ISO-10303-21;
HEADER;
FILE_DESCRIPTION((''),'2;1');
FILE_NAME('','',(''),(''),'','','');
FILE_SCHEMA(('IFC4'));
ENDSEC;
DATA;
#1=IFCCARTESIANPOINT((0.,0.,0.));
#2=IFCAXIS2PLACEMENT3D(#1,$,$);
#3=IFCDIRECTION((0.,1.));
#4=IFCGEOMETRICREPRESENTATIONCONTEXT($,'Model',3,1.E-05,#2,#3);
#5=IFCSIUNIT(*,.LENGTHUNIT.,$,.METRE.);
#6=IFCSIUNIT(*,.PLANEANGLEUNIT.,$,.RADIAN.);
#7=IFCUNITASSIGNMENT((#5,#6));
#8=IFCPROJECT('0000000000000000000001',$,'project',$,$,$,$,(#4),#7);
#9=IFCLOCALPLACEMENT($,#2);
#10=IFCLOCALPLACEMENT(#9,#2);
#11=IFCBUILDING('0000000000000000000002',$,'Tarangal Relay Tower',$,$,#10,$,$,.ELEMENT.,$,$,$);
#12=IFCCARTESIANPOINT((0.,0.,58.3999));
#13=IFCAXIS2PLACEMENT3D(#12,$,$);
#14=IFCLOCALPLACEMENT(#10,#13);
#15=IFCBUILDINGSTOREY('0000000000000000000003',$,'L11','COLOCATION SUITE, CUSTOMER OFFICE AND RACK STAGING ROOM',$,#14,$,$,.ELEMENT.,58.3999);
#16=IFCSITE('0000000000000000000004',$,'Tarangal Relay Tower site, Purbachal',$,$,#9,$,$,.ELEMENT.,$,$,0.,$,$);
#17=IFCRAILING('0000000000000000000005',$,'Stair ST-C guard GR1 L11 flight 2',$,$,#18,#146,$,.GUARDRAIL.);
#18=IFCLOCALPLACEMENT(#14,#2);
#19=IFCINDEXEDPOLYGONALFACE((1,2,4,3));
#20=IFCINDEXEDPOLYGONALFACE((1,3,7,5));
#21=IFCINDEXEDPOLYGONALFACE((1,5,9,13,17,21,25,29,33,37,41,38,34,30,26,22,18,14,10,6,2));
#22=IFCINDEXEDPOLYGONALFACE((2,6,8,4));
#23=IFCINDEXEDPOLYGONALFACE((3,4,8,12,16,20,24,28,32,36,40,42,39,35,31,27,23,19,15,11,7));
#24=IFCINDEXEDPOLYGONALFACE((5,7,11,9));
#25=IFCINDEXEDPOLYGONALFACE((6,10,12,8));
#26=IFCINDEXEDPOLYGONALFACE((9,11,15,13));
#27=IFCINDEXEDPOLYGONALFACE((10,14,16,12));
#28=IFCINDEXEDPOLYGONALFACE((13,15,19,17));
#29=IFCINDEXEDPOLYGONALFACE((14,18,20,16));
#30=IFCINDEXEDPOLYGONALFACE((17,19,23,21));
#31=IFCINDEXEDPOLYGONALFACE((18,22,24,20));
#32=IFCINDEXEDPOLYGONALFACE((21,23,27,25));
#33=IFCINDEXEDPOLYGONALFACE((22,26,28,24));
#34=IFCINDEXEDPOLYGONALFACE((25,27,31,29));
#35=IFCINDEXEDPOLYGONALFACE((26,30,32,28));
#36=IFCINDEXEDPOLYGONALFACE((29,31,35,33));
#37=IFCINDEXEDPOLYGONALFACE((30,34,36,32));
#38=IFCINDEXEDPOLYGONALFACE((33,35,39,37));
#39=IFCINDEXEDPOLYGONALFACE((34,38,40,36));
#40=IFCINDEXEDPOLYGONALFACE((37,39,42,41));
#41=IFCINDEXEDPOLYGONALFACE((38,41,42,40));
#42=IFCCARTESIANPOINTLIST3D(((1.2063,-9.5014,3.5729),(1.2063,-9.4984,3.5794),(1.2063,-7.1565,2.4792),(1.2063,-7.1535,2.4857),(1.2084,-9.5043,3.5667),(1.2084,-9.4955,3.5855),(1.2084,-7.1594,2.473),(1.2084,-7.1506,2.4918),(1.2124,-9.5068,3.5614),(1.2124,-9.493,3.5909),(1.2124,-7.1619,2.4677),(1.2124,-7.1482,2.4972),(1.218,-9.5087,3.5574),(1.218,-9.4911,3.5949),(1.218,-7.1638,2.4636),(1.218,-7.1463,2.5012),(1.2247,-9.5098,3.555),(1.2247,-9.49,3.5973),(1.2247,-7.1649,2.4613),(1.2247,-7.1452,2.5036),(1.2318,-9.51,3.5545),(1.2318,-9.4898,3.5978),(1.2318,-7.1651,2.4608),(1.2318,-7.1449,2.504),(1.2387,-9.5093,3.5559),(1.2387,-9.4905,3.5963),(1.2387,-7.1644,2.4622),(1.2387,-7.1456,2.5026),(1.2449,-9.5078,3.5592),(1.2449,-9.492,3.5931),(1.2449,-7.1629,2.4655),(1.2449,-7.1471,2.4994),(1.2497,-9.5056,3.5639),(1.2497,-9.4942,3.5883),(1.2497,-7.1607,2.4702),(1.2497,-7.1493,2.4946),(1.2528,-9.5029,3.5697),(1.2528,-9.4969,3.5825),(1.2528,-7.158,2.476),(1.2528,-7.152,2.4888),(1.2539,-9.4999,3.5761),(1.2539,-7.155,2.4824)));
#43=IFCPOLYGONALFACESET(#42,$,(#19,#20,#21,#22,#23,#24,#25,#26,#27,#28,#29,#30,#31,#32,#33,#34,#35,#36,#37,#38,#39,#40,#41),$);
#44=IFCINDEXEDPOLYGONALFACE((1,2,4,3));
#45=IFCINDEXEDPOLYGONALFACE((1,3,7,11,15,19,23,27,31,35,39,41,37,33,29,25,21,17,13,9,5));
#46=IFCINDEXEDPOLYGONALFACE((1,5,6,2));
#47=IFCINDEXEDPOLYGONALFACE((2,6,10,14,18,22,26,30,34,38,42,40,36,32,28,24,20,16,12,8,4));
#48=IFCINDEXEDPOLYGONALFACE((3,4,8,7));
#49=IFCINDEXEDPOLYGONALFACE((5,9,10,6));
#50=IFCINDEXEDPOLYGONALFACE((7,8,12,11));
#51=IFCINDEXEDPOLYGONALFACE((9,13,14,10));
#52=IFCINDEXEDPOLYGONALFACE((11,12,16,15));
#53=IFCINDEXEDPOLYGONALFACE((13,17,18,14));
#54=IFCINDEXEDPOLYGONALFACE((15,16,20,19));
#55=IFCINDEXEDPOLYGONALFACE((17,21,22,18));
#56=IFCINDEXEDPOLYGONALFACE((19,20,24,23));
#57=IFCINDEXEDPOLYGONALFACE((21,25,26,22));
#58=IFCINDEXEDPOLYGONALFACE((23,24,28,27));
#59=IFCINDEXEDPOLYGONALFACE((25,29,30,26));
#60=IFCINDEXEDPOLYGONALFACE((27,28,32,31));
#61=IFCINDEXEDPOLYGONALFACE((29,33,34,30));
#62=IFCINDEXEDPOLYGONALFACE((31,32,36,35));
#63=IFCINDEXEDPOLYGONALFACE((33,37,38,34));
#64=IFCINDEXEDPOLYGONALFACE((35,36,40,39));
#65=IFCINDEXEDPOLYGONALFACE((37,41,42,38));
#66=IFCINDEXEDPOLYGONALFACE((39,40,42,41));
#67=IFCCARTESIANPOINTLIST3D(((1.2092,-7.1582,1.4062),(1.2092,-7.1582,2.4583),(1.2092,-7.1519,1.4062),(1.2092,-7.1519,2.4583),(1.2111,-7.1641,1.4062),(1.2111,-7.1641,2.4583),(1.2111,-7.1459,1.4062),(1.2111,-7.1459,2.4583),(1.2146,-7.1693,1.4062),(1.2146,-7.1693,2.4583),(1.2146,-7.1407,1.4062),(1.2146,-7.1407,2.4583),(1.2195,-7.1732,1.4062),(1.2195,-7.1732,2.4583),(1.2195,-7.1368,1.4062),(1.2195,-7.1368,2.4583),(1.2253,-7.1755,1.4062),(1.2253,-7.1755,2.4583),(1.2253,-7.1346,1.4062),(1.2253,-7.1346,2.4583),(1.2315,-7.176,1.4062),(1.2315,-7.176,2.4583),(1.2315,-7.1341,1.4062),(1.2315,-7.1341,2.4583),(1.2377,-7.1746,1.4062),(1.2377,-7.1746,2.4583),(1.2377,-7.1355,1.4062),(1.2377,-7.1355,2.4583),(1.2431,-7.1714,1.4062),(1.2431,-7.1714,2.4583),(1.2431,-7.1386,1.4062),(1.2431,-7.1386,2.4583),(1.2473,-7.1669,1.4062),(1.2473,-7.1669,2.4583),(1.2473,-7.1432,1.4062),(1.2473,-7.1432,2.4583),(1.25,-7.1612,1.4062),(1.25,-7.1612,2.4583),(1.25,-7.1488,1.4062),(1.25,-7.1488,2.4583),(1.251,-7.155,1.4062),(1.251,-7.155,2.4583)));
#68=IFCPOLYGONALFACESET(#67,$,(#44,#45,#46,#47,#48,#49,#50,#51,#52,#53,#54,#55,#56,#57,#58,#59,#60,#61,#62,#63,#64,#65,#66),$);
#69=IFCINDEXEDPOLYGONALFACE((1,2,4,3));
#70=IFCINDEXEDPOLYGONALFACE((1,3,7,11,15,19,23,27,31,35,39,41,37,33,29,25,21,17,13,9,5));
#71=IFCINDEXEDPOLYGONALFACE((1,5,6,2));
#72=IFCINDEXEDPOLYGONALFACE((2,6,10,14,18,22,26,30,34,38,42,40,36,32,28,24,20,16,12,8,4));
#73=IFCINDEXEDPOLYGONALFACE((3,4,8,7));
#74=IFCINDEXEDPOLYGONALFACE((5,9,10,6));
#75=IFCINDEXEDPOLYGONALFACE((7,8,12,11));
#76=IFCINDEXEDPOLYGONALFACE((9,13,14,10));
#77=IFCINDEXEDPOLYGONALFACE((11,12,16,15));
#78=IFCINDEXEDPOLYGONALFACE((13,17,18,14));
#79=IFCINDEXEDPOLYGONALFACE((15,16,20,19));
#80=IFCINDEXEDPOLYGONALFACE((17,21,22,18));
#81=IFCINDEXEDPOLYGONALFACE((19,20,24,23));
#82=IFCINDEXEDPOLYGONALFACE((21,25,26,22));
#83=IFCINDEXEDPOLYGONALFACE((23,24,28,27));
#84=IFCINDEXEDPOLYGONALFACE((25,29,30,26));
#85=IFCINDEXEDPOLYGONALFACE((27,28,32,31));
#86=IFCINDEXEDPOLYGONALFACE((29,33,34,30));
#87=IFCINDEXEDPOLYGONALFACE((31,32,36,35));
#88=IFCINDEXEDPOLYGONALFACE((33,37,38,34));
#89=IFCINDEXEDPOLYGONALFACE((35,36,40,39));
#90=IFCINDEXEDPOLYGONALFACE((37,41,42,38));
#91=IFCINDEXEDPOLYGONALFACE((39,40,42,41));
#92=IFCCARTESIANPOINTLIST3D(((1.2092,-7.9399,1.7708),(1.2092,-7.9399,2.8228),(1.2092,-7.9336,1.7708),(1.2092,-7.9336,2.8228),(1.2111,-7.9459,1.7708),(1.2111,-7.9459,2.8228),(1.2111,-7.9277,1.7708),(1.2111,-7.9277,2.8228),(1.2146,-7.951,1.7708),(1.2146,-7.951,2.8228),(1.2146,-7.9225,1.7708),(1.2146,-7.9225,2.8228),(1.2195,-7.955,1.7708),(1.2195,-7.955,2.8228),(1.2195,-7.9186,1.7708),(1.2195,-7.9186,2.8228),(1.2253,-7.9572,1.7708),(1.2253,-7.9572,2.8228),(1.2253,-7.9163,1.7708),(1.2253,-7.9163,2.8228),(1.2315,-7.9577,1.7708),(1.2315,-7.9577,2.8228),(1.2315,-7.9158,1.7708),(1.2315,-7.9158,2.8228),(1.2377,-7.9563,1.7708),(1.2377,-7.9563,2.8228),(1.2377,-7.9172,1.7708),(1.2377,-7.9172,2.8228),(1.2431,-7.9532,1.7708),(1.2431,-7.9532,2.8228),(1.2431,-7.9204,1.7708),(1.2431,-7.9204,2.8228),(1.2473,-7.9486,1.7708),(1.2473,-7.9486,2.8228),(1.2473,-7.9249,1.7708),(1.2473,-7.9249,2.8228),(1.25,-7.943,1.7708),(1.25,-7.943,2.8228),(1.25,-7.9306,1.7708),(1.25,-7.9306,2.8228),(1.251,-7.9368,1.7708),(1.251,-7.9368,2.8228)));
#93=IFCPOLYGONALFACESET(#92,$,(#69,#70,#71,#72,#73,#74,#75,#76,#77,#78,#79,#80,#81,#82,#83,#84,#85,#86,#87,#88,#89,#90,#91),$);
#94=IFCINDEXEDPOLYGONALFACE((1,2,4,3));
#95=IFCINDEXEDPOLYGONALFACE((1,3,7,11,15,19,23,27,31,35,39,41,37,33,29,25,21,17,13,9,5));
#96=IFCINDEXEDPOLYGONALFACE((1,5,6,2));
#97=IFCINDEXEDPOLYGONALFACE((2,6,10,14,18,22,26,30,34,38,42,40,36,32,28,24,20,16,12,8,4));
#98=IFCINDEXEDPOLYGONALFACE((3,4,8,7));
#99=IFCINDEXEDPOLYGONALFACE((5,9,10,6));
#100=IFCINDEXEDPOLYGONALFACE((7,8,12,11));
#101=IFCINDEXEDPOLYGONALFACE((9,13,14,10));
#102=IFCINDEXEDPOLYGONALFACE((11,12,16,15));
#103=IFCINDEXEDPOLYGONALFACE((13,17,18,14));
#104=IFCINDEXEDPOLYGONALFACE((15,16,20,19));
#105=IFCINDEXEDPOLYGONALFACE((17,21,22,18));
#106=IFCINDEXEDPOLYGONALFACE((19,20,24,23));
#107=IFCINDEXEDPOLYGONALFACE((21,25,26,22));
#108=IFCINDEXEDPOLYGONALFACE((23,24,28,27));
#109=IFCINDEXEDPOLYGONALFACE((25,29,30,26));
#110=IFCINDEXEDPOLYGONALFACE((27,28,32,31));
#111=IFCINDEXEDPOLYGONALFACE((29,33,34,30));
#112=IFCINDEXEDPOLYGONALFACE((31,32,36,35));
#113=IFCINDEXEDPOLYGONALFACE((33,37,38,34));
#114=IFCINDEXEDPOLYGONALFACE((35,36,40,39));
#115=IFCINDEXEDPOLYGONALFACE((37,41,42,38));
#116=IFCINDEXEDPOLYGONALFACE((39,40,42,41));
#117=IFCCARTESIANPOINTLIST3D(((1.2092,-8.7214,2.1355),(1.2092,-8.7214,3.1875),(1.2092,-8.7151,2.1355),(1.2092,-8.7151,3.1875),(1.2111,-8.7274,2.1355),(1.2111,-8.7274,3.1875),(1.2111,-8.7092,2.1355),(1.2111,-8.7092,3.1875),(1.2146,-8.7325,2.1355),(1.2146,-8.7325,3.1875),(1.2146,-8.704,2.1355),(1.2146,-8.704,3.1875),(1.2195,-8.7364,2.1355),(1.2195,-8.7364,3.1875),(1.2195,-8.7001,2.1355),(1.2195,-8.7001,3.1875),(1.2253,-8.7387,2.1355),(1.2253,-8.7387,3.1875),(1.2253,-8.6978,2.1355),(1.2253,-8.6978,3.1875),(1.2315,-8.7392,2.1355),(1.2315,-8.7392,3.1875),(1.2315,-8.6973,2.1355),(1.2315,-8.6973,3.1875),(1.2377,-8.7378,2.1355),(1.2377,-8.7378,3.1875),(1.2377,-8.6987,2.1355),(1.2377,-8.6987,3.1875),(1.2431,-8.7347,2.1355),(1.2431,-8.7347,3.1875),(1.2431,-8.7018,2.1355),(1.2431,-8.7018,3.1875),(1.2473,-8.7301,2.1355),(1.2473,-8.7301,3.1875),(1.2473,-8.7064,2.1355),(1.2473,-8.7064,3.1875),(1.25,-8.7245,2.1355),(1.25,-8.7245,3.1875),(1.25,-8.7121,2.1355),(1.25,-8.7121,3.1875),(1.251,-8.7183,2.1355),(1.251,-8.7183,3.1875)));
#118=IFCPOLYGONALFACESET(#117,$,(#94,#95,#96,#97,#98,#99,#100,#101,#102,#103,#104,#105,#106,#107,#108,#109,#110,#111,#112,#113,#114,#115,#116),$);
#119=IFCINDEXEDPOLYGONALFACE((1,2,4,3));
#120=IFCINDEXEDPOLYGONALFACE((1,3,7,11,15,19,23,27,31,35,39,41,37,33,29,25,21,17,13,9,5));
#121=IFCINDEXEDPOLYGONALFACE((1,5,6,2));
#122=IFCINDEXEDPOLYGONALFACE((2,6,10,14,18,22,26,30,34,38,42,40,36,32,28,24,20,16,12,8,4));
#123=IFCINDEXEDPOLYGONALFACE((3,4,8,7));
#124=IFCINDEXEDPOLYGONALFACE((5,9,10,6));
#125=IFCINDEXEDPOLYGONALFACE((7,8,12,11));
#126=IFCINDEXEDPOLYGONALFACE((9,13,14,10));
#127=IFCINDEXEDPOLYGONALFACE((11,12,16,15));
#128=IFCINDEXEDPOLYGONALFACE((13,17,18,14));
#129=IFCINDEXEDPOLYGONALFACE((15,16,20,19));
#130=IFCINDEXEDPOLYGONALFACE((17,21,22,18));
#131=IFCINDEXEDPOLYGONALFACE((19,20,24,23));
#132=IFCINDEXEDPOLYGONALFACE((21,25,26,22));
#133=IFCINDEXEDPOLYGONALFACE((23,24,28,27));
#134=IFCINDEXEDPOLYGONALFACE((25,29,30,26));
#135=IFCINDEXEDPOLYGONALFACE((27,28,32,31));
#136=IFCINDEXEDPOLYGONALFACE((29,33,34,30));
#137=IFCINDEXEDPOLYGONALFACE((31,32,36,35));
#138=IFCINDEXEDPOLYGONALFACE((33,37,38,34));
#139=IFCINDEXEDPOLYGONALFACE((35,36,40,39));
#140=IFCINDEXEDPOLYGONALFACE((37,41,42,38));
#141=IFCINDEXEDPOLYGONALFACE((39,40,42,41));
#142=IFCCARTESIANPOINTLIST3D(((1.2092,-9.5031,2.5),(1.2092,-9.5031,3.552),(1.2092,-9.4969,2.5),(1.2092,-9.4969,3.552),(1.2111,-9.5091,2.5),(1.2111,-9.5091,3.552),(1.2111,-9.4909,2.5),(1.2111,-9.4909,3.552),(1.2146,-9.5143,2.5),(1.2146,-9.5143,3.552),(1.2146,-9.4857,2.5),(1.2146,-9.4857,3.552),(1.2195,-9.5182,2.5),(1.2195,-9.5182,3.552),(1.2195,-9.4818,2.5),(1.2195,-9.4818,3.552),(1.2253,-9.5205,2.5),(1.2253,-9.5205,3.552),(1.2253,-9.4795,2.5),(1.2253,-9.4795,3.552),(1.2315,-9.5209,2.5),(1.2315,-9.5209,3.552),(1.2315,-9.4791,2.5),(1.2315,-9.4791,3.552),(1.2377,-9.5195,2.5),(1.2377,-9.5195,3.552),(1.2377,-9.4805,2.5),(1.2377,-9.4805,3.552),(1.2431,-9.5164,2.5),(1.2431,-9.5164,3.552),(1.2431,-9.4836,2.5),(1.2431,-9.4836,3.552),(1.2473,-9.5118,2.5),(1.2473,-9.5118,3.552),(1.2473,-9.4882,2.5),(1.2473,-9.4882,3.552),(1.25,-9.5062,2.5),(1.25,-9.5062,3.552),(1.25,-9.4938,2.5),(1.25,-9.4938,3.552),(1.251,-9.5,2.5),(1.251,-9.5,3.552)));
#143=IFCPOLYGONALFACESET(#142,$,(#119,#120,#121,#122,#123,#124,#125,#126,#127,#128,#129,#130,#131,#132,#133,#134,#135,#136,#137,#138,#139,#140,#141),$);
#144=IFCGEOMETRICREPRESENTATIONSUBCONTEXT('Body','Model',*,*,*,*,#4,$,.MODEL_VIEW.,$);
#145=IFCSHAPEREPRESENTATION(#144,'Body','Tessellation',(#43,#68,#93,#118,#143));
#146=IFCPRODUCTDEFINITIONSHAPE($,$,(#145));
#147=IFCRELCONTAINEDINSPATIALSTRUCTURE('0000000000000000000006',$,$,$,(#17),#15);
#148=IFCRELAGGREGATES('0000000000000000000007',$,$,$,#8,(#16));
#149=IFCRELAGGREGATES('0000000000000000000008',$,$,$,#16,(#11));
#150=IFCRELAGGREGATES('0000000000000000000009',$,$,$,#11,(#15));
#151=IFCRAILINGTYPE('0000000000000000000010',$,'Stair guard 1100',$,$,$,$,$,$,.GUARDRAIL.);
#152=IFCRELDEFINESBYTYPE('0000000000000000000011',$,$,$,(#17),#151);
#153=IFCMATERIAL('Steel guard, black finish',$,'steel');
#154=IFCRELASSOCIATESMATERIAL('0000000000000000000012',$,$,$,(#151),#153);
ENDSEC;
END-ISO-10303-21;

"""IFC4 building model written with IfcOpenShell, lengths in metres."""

from ifc_helpers import new_model, si_unit, direction, frame, origin, origin_2d, place, context, subcontext, project, spatial, circle, extrude, material, type_object, element, save


model = new_model("IFC4")

# Units and contexts
model_context = context("Model", 3, precision=1e-05, world=origin(), true_north=direction((0.0, 1.0)))
body_context = subcontext(model_context, "Body", "Model", "MODEL_VIEW")
ifc_project = project(units=[si_unit("LENGTHUNIT", "METRE"), si_unit("PLANEANGLEUNIT", "RADIAN")], contexts=[model_context])

# Site, building, storey
site_placement = place(None, origin())
site = spatial("IfcSite", under=ifc_project, at=site_placement, Name="Tarangal Relay Tower site, Purbachal", CompositionType="ELEMENT", RefElevation=0.0)
building_placement = place(site_placement, origin())
building = spatial("IfcBuilding", under=site, at=building_placement, Name="Tarangal Relay Tower", CompositionType="ELEMENT")
storey_placement = place(building_placement, frame((0.0, 0.0, 58.3999)))
storey = spatial("IfcBuildingStorey", under=building, at=storey_placement, Name="L11", Description="COLOCATION SUITE, CUSTOMER OFFICE AND RACK STAGING ROOM", CompositionType="ELEMENT", Elevation=58.3999)

# Railing
ifc_material_1 = material(Name="Steel guard, black finish", Category="steel")
railing_type_1 = type_object("IfcRailingType", Name="Stair guard 1100", PredefinedType="GUARDRAIL", material=ifc_material_1)
for number, where, name in (
    (1, (1.23, -7.155, 1.4062), "Stair ST-C guard GR1 L11 flight 2"),
):
    element("IfcRailing", number, at=place(storey_placement, frame(where)), inside=storey, type_object=railing_type_1, Name=name, PredefinedType="GUARDRAIL", context=body_context, shape_type="SweptSolid", body=[
        extrude(circle(Radius=0.0239, at=origin_2d()), frame((0.0, 0.0, 1.0762), z_axis=(0.0, -0.906267, 0.422705), x_axis=(1.0, 0.0, 0.0)), (0.0, 0.0, 1.0), 2.5874),
        extrude(circle(Radius=0.021, at=origin_2d()), origin(), (0.0, 0.0, 1.0), 1.052),
        extrude(circle(Radius=0.021, at=origin_2d()), frame((0.0, -0.7817, 0.3645)), (0.0, 0.0, 1.0), 1.052),
        extrude(circle(Radius=0.021, at=origin_2d()), frame((0.0, -1.5632, 0.7292)), (0.0, 0.0, 1.0), 1.052),
        extrude(circle(Radius=0.021, at=origin_2d()), frame((0.0, -2.345, 1.0938)), (0.0, 0.0, 1.0), 1.052),
    ])

save(model, "model.ifc")
